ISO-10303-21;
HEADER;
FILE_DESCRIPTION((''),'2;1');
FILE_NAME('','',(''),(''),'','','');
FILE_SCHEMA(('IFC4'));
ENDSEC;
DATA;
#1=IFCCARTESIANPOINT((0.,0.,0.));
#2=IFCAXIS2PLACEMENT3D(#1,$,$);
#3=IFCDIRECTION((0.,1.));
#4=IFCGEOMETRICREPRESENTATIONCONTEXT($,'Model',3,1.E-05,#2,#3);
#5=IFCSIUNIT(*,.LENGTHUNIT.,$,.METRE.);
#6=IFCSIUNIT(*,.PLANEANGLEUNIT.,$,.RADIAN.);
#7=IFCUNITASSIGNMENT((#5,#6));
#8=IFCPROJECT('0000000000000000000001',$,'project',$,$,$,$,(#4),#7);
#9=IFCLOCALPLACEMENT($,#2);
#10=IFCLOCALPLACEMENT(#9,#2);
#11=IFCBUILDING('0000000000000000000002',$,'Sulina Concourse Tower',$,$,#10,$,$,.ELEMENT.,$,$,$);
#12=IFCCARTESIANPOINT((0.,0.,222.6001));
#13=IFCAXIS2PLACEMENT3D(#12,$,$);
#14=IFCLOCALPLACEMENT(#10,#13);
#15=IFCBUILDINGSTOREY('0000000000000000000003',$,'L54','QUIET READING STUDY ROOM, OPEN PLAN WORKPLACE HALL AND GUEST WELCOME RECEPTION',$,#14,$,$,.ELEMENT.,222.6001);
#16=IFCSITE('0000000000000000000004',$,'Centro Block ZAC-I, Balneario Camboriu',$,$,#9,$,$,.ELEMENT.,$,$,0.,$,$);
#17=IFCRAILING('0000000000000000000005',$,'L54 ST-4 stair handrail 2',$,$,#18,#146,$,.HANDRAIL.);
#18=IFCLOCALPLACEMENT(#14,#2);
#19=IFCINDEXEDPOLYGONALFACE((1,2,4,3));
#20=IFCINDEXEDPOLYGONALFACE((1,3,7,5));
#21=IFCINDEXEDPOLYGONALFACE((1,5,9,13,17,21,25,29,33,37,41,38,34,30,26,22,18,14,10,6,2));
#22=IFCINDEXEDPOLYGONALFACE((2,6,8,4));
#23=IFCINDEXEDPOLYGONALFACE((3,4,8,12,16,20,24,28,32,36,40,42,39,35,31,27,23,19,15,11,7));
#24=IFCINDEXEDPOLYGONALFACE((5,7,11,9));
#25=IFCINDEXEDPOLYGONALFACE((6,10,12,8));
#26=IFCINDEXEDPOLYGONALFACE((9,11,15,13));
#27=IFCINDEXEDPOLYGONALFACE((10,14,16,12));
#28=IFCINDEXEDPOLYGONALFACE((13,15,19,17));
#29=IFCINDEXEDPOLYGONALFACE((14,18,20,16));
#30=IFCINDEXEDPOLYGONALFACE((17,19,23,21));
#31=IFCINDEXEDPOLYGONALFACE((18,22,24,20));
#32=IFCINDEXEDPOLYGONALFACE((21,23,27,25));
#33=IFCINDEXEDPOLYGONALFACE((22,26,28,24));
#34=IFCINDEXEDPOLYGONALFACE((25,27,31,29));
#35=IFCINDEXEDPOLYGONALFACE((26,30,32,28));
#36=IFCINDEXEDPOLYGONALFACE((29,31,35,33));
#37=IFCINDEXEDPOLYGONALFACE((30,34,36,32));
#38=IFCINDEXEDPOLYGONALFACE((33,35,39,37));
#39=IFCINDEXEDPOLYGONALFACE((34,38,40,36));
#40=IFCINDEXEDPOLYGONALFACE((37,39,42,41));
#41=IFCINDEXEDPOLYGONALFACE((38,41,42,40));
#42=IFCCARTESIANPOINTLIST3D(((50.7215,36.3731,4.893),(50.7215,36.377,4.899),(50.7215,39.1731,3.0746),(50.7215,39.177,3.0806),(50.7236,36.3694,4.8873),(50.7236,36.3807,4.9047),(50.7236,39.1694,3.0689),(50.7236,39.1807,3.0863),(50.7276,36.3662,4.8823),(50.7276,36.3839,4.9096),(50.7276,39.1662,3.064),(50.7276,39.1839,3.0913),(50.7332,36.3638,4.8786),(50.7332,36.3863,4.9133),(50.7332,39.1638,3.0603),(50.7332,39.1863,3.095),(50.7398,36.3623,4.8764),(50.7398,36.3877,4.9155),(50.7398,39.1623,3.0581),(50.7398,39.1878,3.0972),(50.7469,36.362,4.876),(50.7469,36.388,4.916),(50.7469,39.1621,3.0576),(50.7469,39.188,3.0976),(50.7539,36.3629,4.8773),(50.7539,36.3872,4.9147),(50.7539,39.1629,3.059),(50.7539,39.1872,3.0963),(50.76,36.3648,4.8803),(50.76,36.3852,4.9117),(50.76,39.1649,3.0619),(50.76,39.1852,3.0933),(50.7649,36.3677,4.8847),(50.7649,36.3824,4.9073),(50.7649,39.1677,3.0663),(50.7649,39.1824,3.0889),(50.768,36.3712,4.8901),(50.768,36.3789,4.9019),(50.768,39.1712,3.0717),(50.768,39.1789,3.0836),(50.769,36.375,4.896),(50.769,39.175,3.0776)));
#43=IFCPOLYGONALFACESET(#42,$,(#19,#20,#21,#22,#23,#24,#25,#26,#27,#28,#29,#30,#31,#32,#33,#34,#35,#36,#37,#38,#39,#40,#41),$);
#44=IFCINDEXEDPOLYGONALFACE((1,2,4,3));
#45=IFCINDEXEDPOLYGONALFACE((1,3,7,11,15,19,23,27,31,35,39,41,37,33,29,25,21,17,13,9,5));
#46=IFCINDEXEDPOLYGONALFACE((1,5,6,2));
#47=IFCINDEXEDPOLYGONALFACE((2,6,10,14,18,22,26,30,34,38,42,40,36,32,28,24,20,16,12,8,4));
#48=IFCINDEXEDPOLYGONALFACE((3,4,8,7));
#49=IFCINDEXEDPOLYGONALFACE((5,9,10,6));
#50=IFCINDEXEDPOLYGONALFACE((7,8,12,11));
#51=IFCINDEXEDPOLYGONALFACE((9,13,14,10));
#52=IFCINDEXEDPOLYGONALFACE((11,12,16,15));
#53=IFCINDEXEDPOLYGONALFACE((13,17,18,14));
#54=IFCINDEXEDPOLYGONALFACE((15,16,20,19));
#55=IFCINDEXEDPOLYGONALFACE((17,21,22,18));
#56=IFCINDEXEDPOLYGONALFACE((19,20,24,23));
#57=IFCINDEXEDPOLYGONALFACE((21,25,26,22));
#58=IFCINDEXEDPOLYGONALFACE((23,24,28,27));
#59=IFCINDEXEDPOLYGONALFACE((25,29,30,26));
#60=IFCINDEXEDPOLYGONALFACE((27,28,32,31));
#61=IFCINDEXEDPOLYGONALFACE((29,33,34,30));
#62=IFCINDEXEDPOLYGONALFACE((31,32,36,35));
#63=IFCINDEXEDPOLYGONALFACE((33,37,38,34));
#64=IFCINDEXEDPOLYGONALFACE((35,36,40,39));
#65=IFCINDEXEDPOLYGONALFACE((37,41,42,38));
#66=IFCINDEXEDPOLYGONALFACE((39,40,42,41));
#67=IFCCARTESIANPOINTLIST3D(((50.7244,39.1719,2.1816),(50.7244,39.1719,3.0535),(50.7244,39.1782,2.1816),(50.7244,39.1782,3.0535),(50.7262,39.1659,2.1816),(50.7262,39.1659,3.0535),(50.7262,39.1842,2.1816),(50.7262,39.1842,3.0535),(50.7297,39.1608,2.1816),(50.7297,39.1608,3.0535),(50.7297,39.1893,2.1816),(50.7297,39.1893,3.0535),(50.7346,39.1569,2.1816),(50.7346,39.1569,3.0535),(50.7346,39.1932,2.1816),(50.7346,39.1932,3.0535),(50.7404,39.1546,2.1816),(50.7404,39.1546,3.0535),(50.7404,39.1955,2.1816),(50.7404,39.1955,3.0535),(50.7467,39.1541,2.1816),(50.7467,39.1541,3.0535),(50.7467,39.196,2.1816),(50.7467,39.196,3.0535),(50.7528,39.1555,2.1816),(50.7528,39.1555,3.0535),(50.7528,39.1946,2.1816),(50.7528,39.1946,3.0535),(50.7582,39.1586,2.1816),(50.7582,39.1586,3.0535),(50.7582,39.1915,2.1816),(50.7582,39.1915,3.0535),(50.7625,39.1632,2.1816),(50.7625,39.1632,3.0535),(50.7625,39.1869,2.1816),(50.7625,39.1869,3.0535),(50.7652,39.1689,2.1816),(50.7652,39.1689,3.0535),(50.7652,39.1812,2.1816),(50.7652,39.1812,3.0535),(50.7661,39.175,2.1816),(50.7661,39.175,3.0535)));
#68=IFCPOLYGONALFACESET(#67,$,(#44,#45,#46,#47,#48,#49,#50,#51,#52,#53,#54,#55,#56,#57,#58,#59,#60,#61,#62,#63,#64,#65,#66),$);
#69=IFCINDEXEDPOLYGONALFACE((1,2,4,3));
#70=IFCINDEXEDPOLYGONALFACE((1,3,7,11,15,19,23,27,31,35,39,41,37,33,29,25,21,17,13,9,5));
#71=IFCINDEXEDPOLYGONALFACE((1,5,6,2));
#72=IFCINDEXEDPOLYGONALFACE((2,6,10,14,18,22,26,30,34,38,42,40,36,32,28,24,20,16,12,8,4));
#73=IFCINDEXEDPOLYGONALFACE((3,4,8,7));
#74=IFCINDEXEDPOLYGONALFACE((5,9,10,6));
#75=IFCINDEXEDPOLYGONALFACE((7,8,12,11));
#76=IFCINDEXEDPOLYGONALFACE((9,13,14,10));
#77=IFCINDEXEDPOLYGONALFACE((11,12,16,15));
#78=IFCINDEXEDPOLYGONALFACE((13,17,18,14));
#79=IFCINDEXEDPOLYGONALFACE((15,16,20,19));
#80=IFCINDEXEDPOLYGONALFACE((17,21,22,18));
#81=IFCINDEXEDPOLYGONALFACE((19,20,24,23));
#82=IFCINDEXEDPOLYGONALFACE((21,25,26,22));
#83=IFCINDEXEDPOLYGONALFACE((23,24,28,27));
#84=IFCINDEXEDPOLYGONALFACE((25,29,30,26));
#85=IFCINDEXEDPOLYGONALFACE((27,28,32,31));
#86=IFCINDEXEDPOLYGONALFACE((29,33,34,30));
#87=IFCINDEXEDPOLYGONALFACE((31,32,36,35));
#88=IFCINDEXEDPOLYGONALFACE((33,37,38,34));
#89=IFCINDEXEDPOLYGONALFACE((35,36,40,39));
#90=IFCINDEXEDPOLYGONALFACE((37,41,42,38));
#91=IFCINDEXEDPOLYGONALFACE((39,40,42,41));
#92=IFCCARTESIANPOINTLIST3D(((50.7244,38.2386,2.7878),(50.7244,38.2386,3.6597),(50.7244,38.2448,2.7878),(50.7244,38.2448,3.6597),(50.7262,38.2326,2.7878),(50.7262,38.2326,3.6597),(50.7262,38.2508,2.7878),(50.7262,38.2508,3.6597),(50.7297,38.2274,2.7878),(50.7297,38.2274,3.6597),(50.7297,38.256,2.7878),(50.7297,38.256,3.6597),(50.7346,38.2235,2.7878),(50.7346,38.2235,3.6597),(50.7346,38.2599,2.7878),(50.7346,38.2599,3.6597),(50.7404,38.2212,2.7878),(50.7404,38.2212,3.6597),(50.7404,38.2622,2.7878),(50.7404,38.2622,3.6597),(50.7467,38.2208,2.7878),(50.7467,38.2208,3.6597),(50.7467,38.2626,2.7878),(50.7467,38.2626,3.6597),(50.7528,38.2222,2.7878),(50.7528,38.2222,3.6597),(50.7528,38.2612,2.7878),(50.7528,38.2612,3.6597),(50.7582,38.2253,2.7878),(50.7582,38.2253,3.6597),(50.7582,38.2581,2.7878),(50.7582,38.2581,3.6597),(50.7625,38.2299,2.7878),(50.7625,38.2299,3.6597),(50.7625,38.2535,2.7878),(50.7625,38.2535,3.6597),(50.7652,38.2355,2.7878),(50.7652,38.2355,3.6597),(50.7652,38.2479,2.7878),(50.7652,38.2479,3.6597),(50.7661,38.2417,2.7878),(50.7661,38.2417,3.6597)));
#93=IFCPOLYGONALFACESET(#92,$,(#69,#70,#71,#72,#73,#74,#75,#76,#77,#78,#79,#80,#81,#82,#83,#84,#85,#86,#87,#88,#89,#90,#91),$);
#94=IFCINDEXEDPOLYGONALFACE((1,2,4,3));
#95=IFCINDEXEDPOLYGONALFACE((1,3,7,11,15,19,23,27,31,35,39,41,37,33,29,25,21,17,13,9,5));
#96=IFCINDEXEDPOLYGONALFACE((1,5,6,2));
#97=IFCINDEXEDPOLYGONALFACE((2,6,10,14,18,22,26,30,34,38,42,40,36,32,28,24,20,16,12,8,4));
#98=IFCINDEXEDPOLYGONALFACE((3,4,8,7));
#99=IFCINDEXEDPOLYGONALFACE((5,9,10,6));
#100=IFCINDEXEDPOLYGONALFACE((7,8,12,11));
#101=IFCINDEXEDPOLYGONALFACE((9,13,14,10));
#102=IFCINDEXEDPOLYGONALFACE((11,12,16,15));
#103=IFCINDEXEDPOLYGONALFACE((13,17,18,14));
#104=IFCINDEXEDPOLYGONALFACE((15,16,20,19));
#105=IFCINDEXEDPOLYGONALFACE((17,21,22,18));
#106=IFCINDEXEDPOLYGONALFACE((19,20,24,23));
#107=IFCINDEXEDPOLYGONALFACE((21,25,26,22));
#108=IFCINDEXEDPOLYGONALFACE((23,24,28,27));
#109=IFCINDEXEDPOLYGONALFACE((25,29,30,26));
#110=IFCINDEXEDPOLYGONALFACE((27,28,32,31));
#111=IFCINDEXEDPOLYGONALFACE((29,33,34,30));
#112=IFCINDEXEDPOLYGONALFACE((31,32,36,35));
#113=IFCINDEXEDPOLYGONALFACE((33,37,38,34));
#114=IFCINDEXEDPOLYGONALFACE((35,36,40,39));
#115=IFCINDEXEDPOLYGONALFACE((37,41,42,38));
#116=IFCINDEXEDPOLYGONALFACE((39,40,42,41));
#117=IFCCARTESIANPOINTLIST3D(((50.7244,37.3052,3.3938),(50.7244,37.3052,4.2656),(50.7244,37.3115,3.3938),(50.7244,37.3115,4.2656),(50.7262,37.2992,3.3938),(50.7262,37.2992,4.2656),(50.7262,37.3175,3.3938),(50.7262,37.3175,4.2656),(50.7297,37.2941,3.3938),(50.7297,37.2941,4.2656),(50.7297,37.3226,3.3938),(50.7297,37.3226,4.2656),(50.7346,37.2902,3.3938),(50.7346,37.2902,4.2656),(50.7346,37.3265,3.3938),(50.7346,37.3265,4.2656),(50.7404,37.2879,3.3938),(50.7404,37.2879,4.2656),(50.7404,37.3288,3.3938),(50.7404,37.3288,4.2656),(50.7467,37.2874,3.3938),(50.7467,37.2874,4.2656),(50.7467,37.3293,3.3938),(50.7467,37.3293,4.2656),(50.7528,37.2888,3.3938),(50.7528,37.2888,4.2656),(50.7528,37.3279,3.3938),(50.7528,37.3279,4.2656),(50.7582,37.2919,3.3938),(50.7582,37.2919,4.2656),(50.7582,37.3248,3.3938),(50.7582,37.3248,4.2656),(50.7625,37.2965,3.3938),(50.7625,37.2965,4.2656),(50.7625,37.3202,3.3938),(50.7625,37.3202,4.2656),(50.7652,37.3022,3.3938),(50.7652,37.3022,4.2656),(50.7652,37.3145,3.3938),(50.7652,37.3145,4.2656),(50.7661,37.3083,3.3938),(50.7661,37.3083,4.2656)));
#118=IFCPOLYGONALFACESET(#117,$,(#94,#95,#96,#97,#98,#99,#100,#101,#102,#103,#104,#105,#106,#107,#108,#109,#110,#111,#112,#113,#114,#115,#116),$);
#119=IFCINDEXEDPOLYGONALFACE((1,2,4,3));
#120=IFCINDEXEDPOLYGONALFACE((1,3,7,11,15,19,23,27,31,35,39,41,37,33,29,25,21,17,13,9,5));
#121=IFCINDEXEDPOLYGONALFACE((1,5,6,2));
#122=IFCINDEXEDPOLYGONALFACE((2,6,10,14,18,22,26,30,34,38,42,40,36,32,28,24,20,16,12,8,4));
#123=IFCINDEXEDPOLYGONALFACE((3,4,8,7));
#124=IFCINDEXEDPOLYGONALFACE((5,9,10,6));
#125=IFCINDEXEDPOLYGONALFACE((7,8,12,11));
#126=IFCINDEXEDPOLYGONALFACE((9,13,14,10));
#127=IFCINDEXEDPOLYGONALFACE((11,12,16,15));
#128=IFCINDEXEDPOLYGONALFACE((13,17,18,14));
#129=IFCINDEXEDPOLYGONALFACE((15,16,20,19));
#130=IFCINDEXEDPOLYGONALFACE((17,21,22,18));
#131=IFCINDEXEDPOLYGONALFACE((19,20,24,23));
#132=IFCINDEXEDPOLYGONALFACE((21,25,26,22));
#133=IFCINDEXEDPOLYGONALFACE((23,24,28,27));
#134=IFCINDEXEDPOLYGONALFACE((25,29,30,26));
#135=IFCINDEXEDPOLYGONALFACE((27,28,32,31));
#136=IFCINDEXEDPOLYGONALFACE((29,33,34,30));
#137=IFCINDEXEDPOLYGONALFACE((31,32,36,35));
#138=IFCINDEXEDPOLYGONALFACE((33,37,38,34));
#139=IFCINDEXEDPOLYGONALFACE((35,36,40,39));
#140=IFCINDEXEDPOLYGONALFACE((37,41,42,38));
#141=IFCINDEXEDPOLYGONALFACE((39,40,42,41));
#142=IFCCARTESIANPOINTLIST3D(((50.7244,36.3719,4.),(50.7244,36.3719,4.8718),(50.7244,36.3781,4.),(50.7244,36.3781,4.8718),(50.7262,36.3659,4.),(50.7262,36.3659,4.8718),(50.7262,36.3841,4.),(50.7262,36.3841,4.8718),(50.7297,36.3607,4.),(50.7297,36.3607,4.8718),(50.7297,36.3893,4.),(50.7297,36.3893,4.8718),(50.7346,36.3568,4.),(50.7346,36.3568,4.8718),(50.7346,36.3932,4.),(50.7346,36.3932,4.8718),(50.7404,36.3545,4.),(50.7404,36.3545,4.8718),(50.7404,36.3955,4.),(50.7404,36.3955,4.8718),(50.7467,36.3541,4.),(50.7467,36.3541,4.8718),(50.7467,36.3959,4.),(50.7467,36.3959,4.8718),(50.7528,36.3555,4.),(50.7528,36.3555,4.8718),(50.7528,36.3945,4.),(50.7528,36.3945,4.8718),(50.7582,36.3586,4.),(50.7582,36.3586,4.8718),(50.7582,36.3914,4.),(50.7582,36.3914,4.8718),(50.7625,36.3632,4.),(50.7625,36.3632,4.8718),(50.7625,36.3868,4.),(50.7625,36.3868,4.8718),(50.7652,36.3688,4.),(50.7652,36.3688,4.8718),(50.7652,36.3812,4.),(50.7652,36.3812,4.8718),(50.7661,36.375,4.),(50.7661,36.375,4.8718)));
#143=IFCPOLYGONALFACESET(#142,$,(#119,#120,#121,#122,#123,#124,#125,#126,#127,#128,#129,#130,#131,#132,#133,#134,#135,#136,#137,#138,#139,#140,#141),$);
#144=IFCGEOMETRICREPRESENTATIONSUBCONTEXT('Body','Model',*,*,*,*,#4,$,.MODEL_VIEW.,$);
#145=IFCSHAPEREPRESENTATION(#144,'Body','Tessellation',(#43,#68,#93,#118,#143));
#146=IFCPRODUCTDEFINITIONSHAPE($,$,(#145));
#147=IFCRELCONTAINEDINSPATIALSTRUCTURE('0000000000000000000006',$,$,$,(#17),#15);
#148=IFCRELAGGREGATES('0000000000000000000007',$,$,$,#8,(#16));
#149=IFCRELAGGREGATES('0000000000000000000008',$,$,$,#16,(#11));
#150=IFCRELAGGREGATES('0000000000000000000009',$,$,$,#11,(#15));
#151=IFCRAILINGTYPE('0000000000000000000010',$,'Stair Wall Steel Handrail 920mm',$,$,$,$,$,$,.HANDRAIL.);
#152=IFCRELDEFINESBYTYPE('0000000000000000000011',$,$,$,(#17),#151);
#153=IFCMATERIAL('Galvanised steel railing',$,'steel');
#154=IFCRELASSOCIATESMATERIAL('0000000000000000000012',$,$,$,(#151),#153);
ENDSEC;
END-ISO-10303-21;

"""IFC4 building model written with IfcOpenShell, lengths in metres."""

from ifc_helpers import new_model, si_unit, direction, frame, origin, origin_2d, place, context, subcontext, project, spatial, circle, extrude, material, type_object, element, save


model = new_model("IFC4")

# Units and contexts
model_context = context("Model", 3, precision=1e-05, world=origin(), true_north=direction((0.0, 1.0)))
body_context = subcontext(model_context, "Body", "Model", "MODEL_VIEW")
ifc_project = project(units=[si_unit("LENGTHUNIT", "METRE"), si_unit("PLANEANGLEUNIT", "RADIAN")], contexts=[model_context])

# Site, building, storey
site_placement = place(None, origin())
site = spatial("IfcSite", under=ifc_project, at=site_placement, Name="Centro Block ZAC-I, Balneario Camboriu", CompositionType="ELEMENT", RefElevation=0.0)
building_placement = place(site_placement, origin())
building = spatial("IfcBuilding", under=site, at=building_placement, Name="Sulina Concourse Tower", CompositionType="ELEMENT")
storey_placement = place(building_placement, frame((0.0, 0.0, 222.6001)))
storey = spatial("IfcBuildingStorey", under=building, at=storey_placement, Name="L54", Description="QUIET READING STUDY ROOM, OPEN PLAN WORKPLACE HALL AND GUEST WELCOME RECEPTION", CompositionType="ELEMENT", Elevation=222.6001)

# Railing
ifc_material_1 = material(Name="Galvanised steel railing", Category="steel")
railing_type_1 = type_object("IfcRailingType", Name="Stair Wall Steel Handrail 920mm", PredefinedType="HANDRAIL", material=ifc_material_1)
railing_1_placement = place(storey_placement, frame((50.7451, 39.175, 2.1816)))
element("IfcRailing", 1, at=railing_1_placement, inside=storey, type_object=railing_type_1, Name="L54 ST-4 stair handrail 2", PredefinedType="HANDRAIL", context=body_context, shape_type="SweptSolid", body=[
    extrude(circle(Radius=0.0239, at=origin_2d()), frame((0.0, 0.0, 0.896), z_axis=(0.0, -0.838672, 0.544636), x_axis=(1.0, 0.0, 0.0)), (0.0, 0.0, 1.0), 3.3386),
    extrude(circle(Radius=0.021, at=origin_2d()), origin(), (0.0, 0.0, 1.0), 0.8718),
    extrude(circle(Radius=0.021, at=origin_2d()), frame((0.0, -0.9333, 0.6062)), (0.0, 0.0, 1.0), 0.8718),
    extrude(circle(Radius=0.021, at=origin_2d()), frame((0.0, -1.8667, 1.2122)), (0.0, 0.0, 1.0), 0.8718),
    extrude(circle(Radius=0.021, at=origin_2d()), frame((0.0, -2.8, 1.8184)), (0.0, 0.0, 1.0), 0.8718),
])

save(model, "model.ifc")
